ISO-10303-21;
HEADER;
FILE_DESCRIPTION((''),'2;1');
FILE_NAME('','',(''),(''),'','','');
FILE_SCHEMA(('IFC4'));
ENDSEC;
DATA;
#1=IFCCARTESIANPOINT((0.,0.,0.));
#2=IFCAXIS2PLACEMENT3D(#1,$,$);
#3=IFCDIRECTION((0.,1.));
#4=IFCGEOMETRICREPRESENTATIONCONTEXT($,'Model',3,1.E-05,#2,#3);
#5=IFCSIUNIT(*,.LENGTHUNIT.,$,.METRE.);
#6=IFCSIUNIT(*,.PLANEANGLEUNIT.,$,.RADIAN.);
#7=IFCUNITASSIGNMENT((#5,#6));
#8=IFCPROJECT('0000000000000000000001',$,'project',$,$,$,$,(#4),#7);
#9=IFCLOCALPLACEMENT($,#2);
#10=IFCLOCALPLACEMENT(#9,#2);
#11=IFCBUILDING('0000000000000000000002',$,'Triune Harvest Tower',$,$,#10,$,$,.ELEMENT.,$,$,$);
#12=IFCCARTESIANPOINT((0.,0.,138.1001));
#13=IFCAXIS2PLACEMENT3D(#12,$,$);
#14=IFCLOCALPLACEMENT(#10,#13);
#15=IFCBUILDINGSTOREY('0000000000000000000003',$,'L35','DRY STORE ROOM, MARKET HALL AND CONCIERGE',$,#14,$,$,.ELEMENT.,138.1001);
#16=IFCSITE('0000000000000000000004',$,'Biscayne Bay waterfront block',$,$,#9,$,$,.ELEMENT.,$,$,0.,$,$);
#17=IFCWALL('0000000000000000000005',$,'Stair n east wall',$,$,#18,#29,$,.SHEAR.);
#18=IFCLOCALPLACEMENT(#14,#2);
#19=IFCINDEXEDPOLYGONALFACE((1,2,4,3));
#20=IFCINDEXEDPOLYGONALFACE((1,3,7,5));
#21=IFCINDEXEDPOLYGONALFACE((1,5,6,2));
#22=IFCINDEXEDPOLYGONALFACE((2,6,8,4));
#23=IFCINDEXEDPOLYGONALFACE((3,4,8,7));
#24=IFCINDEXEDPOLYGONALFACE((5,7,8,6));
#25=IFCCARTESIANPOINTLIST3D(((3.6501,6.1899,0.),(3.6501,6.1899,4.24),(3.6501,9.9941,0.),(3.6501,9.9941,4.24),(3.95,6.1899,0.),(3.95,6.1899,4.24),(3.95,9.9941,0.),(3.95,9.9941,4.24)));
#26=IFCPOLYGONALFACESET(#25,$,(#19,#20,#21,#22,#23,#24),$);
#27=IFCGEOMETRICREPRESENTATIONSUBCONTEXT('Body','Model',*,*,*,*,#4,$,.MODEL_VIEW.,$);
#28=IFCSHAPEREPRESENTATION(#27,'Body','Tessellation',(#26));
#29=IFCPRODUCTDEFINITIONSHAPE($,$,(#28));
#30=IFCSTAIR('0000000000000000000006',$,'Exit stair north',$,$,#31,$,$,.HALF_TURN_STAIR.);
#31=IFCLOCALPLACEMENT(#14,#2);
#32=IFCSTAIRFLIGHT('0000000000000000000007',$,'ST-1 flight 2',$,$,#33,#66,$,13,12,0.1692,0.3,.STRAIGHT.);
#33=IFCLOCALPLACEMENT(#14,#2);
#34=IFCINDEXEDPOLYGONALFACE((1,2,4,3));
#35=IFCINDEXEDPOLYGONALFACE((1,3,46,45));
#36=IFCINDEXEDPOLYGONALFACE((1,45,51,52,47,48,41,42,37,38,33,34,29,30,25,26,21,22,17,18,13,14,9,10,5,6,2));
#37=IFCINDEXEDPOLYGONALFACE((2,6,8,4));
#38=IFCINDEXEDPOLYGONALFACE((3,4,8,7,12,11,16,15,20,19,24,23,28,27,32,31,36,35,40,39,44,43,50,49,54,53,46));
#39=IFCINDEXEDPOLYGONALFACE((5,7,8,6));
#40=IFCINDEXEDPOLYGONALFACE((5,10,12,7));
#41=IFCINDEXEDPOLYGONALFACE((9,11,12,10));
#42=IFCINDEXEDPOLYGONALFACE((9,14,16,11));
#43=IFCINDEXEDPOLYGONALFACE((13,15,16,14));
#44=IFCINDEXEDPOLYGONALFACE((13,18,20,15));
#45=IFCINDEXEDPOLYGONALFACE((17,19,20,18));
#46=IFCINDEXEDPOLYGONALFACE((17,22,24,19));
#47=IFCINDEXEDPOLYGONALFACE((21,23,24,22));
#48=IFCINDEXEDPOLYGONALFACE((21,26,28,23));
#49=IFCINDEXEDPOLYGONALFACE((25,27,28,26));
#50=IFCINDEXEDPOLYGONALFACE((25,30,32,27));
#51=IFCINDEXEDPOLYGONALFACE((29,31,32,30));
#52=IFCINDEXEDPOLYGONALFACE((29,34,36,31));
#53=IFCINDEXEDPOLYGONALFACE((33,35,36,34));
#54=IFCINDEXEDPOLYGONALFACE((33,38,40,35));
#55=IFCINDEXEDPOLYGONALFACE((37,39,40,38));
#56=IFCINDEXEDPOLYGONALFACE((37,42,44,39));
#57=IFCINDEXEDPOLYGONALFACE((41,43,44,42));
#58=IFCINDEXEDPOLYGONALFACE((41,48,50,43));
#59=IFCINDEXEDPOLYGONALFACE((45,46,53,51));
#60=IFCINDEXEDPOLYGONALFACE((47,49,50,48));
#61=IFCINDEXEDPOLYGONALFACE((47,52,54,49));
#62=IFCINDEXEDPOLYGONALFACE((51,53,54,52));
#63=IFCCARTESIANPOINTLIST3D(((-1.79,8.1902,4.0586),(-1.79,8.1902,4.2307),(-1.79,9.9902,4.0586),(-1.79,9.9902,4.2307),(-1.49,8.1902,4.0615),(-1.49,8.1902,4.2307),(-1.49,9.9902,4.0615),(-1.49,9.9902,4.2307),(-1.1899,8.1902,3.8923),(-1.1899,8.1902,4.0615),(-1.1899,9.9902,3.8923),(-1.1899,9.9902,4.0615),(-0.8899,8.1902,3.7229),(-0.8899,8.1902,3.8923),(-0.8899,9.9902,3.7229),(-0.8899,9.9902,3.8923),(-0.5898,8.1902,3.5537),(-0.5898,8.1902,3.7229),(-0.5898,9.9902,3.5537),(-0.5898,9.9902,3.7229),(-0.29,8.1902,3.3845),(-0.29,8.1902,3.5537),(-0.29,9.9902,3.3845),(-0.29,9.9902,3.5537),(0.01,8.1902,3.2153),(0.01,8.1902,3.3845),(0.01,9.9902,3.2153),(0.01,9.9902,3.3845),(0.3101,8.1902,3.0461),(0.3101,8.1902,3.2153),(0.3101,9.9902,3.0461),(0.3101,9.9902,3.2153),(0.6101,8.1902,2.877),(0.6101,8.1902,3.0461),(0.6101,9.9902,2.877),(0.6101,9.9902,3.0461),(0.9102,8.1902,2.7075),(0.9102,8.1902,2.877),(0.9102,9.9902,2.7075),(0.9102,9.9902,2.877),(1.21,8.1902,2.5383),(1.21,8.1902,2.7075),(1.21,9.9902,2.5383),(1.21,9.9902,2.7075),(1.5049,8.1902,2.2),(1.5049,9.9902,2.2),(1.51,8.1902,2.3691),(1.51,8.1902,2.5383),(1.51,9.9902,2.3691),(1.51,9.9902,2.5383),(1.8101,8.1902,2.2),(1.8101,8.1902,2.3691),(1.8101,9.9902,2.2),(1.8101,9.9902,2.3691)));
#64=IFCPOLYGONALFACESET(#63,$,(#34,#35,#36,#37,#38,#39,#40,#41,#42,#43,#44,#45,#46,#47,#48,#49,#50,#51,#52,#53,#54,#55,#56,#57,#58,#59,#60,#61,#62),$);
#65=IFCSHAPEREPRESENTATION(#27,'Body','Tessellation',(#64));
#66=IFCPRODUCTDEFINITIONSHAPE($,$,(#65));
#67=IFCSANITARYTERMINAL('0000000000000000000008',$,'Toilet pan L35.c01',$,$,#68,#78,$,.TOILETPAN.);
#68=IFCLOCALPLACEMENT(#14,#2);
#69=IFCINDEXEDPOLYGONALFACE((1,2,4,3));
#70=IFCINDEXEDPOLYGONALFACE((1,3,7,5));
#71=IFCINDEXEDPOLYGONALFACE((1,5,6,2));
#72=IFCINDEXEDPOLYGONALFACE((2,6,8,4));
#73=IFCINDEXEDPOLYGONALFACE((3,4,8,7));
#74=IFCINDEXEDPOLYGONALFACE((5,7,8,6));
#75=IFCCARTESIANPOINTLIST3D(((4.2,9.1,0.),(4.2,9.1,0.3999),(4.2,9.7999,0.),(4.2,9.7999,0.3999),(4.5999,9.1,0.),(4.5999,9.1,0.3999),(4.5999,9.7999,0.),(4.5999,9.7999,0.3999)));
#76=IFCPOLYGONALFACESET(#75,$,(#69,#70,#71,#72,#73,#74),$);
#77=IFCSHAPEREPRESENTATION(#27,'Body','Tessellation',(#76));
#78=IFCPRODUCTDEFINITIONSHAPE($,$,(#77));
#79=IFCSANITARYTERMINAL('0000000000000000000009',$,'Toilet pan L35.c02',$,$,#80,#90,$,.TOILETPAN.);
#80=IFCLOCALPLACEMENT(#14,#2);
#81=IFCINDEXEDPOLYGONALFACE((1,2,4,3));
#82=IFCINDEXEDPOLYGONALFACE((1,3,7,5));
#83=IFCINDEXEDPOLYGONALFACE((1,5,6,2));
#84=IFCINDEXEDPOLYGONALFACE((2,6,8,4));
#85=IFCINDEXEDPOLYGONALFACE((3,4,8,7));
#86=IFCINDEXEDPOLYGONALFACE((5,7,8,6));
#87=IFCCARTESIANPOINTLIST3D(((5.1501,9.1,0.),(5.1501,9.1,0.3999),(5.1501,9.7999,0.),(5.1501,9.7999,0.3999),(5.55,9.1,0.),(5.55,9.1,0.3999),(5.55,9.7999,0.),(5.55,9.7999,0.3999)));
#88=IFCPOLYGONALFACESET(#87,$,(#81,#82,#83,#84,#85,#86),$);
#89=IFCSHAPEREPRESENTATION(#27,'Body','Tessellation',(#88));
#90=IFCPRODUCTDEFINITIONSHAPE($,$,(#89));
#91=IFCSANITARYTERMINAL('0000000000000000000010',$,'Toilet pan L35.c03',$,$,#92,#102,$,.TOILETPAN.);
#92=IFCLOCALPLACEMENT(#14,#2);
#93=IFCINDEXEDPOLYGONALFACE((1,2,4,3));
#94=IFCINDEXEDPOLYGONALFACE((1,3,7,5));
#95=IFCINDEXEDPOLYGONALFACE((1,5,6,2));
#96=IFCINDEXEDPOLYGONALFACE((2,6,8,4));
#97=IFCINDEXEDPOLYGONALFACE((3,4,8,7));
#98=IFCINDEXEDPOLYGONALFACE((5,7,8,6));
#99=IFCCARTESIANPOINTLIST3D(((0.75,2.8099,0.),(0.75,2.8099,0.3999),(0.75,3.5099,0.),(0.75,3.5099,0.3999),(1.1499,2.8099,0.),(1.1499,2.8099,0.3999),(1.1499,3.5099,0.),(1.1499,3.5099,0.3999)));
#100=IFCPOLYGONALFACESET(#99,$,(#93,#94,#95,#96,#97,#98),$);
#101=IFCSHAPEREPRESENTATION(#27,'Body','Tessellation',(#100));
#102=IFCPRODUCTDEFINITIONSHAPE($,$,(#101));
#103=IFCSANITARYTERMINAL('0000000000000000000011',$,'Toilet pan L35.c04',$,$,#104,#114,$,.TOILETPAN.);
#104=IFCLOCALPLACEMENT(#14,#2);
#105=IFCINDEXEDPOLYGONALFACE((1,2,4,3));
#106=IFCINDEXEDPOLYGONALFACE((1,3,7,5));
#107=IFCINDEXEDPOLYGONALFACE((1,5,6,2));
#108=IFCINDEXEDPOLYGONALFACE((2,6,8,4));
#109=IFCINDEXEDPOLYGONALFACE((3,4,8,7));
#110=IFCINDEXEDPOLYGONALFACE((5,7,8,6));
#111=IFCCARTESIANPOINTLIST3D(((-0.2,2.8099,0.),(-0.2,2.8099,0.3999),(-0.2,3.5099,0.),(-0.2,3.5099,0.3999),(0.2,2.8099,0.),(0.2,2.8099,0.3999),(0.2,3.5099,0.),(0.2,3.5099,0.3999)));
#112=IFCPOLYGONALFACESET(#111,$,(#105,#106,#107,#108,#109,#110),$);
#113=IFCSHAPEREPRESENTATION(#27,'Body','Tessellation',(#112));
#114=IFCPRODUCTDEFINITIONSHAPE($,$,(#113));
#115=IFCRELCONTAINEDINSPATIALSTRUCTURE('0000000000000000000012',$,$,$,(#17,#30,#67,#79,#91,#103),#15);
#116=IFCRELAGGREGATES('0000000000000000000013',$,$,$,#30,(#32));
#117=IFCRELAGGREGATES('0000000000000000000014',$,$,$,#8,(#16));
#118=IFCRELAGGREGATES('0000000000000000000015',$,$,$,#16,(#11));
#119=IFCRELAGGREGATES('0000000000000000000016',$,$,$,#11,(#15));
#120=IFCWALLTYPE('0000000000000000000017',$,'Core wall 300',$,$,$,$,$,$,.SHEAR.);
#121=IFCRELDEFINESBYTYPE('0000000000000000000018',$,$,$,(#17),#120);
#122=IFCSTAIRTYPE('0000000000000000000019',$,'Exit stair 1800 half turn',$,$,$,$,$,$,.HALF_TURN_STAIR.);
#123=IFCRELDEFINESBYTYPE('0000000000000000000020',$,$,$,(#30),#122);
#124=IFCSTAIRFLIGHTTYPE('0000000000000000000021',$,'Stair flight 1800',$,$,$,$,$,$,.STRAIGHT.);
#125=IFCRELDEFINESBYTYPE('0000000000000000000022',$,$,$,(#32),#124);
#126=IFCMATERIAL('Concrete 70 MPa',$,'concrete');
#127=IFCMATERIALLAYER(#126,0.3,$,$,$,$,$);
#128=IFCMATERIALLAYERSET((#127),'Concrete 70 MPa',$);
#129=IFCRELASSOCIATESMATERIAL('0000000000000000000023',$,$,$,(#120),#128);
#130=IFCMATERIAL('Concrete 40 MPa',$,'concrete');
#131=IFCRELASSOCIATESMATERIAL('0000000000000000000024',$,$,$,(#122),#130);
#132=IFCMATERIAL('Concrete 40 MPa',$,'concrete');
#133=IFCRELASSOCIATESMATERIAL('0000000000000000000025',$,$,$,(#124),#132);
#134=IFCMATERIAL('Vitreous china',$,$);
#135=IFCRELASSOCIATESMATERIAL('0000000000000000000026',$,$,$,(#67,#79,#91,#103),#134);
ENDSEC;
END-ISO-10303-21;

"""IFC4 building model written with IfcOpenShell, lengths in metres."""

from ifc_helpers import new_model, si_unit, direction, frame, origin, origin_2d, place, context, subcontext, project, spatial, polyline, rectangle, outline, extrude, source, transform, mapped, material, layer, layer_set, type_object, element, aggregate, save


model = new_model("IFC4")

# Units and contexts
model_context = context("Model", 3, precision=1e-05, world=origin(), true_north=direction((0.0, 1.0)))
body_context = subcontext(model_context, "Body", "Model", "MODEL_VIEW")
ifc_project = project(units=[si_unit("LENGTHUNIT", "METRE"), si_unit("PLANEANGLEUNIT", "RADIAN")], contexts=[model_context])

# Site, building, storey
site_placement = place(None, origin())
site = spatial("IfcSite", under=ifc_project, at=site_placement, Name="Biscayne Bay waterfront block", CompositionType="ELEMENT", RefElevation=0.0)
building_placement = place(site_placement, origin())
building = spatial("IfcBuilding", under=site, at=building_placement, Name="Triune Harvest Tower", CompositionType="ELEMENT")
storey_placement = place(building_placement, frame((0.0, 0.0, 138.1001)))
storey = spatial("IfcBuildingStorey", under=building, at=storey_placement, Name="L35", Description="DRY STORE ROOM, MARKET HALL AND CONCIERGE", CompositionType="ELEMENT", Elevation=138.1001)

# Shared definitions
ifc_material_1 = material(Name="Concrete 70 MPa", Category="concrete")
ifc_layer_1 = layer(ifc_material_1, 0.3)
ifc_layer_set_1 = layer_set([ifc_layer_1], Name="Concrete 70 MPa")
wall_type_1 = type_object("IfcWallType", Name="Core wall 300", PredefinedType="SHEAR", material=ifc_layer_set_1)

# Wall
shared_shape_1 = source(origin(), body_context, "Body", "SweptSolid", [
    extrude(outline(polyline([(0.0, -0.1499), (0.0, 0.1499), (3.8042, 0.1499), (3.8042, -0.1499), (0.0, -0.1499)])), origin(), (0.0, 0.0, 1.0), 4.24),
])
wall_1_placement = place(storey_placement, frame((3.8, 6.1899, 0.0), z_axis=(0.0, 0.0, 1.0), x_axis=(0.0, 1.0, 0.0)))
element("IfcWall", 1, at=wall_1_placement, inside=storey, type_object=wall_type_1, Name="Stair n east wall", PredefinedType="SHEAR", context=body_context, shape_type="MappedRepresentation", body=[
    mapped(shared_shape_1, transform((0.0, 0.0, 0.0), scale=1.0)),
])

# Stair, stair flight
ifc_material_2 = material(Name="Concrete 40 MPa", Category="concrete")
stair_type = type_object("IfcStairType", Name="Exit stair 1800 half turn", PredefinedType="HALF_TURN_STAIR", material=ifc_material_2)
stair_placement = place(storey_placement, origin())
stair = element("IfcStair", 2, at=stair_placement, inside=storey, type_object=stair_type, Name="Exit stair north", PredefinedType="HALF_TURN_STAIR")
ifc_material_3 = material(Name="Concrete 40 MPa", Category="concrete")
stair_flight_type = type_object("IfcStairFlightType", Name="Stair flight 1800", PredefinedType="STRAIGHT", material=ifc_material_3)
shared_shape_2 = source(origin(), body_context, "Body", "SweptSolid", [
    extrude(outline(polyline([(0.0, 0.0), (0.0, 0.1692), (0.3, 0.1692), (0.3, 0.3384), (0.6001, 0.3384), (0.6001, 0.5076), (0.8999, 0.5076), (0.8999, 0.677), (1.2, 0.677), (1.2, 0.8462), (1.5, 0.8462), (1.5, 1.0154), (1.8, 1.0154), (1.8, 1.1846), (2.1001, 1.1846), (2.1001, 1.3538), (2.3999, 1.3538), (2.3999, 1.5229), (2.7, 1.5229), (2.7, 1.6924), (3.0, 1.6924), (3.0, 1.8616), (3.3, 1.8616), (3.3, 2.0308), (3.6001, 2.0308), (3.6001, 2.2), (3.6001, 1.8586), (0.3052, 0.0), (0.0, 0.0)])), frame((0.0, 0.8999, 0.0), z_axis=(0.0, -1.0, 0.0), x_axis=(1.0, 0.0, 0.0)), (0.0, 0.0, 1.0), 1.8),
])
stair_flight_placement = place(storey_placement, frame((1.8101, 9.0901, 2.2), z_axis=(0.0, 0.0, 1.0), x_axis=(-1.0, 0.0, 0.0)))
stair_flight = element("IfcStairFlight", 3, at=stair_flight_placement, type_object=stair_flight_type, Name="ST-1 flight 2", NumberOfRisers=13, NumberOfTreads=12, PredefinedType="STRAIGHT", RiserHeight=0.1692, TreadLength=0.3, context=body_context, shape_type="MappedRepresentation", body=[
    mapped(shared_shape_2, transform((0.0, 0.0, 0.0), scale=1.0)),
])
aggregate(stair, [stair_flight])

# Sanitary terminals
ifc_material_4 = material(Name="Vitreous china")
shared_shape_3 = source(origin(), body_context, "Body", "SweptSolid", [
    extrude(rectangle(XDim=0.3999, YDim=0.7, at=origin_2d()), origin(), (0.0, 0.0, 1.0), 0.3999),
])
for number, where, z_axis, x_axis, name in (
    (4, (4.3999, 9.45, 0.0), (0.0, 0.0, 1.0), (1.0, 0.0, 0.0), "Toilet pan L35.c01"),
    (5, (5.3501, 9.45, 0.0), (0.0, 0.0, 1.0), (1.0, 0.0, 0.0), "Toilet pan L35.c02"),
    (6, (0.95, 3.1599, 0.0), (0.0, 0.0, 1.0), (-1.0, 0.0, 0.0), "Toilet pan L35.c03"),
    (7, (0.0, 3.1599, 0.0), (0.0, 0.0, 1.0), (-1.0, 0.0, 0.0), "Toilet pan L35.c04"),
):
    element("IfcSanitaryTerminal", number, at=place(storey_placement, frame(where, z_axis=z_axis, x_axis=x_axis)), inside=storey, material=ifc_material_4, Name=name, PredefinedType="TOILETPAN", context=body_context, shape_type="MappedRepresentation", body=[
        mapped(shared_shape_3, transform((0.0, 0.0, 0.0), scale=1.0)),
    ])

save(model, "model.ifc")
